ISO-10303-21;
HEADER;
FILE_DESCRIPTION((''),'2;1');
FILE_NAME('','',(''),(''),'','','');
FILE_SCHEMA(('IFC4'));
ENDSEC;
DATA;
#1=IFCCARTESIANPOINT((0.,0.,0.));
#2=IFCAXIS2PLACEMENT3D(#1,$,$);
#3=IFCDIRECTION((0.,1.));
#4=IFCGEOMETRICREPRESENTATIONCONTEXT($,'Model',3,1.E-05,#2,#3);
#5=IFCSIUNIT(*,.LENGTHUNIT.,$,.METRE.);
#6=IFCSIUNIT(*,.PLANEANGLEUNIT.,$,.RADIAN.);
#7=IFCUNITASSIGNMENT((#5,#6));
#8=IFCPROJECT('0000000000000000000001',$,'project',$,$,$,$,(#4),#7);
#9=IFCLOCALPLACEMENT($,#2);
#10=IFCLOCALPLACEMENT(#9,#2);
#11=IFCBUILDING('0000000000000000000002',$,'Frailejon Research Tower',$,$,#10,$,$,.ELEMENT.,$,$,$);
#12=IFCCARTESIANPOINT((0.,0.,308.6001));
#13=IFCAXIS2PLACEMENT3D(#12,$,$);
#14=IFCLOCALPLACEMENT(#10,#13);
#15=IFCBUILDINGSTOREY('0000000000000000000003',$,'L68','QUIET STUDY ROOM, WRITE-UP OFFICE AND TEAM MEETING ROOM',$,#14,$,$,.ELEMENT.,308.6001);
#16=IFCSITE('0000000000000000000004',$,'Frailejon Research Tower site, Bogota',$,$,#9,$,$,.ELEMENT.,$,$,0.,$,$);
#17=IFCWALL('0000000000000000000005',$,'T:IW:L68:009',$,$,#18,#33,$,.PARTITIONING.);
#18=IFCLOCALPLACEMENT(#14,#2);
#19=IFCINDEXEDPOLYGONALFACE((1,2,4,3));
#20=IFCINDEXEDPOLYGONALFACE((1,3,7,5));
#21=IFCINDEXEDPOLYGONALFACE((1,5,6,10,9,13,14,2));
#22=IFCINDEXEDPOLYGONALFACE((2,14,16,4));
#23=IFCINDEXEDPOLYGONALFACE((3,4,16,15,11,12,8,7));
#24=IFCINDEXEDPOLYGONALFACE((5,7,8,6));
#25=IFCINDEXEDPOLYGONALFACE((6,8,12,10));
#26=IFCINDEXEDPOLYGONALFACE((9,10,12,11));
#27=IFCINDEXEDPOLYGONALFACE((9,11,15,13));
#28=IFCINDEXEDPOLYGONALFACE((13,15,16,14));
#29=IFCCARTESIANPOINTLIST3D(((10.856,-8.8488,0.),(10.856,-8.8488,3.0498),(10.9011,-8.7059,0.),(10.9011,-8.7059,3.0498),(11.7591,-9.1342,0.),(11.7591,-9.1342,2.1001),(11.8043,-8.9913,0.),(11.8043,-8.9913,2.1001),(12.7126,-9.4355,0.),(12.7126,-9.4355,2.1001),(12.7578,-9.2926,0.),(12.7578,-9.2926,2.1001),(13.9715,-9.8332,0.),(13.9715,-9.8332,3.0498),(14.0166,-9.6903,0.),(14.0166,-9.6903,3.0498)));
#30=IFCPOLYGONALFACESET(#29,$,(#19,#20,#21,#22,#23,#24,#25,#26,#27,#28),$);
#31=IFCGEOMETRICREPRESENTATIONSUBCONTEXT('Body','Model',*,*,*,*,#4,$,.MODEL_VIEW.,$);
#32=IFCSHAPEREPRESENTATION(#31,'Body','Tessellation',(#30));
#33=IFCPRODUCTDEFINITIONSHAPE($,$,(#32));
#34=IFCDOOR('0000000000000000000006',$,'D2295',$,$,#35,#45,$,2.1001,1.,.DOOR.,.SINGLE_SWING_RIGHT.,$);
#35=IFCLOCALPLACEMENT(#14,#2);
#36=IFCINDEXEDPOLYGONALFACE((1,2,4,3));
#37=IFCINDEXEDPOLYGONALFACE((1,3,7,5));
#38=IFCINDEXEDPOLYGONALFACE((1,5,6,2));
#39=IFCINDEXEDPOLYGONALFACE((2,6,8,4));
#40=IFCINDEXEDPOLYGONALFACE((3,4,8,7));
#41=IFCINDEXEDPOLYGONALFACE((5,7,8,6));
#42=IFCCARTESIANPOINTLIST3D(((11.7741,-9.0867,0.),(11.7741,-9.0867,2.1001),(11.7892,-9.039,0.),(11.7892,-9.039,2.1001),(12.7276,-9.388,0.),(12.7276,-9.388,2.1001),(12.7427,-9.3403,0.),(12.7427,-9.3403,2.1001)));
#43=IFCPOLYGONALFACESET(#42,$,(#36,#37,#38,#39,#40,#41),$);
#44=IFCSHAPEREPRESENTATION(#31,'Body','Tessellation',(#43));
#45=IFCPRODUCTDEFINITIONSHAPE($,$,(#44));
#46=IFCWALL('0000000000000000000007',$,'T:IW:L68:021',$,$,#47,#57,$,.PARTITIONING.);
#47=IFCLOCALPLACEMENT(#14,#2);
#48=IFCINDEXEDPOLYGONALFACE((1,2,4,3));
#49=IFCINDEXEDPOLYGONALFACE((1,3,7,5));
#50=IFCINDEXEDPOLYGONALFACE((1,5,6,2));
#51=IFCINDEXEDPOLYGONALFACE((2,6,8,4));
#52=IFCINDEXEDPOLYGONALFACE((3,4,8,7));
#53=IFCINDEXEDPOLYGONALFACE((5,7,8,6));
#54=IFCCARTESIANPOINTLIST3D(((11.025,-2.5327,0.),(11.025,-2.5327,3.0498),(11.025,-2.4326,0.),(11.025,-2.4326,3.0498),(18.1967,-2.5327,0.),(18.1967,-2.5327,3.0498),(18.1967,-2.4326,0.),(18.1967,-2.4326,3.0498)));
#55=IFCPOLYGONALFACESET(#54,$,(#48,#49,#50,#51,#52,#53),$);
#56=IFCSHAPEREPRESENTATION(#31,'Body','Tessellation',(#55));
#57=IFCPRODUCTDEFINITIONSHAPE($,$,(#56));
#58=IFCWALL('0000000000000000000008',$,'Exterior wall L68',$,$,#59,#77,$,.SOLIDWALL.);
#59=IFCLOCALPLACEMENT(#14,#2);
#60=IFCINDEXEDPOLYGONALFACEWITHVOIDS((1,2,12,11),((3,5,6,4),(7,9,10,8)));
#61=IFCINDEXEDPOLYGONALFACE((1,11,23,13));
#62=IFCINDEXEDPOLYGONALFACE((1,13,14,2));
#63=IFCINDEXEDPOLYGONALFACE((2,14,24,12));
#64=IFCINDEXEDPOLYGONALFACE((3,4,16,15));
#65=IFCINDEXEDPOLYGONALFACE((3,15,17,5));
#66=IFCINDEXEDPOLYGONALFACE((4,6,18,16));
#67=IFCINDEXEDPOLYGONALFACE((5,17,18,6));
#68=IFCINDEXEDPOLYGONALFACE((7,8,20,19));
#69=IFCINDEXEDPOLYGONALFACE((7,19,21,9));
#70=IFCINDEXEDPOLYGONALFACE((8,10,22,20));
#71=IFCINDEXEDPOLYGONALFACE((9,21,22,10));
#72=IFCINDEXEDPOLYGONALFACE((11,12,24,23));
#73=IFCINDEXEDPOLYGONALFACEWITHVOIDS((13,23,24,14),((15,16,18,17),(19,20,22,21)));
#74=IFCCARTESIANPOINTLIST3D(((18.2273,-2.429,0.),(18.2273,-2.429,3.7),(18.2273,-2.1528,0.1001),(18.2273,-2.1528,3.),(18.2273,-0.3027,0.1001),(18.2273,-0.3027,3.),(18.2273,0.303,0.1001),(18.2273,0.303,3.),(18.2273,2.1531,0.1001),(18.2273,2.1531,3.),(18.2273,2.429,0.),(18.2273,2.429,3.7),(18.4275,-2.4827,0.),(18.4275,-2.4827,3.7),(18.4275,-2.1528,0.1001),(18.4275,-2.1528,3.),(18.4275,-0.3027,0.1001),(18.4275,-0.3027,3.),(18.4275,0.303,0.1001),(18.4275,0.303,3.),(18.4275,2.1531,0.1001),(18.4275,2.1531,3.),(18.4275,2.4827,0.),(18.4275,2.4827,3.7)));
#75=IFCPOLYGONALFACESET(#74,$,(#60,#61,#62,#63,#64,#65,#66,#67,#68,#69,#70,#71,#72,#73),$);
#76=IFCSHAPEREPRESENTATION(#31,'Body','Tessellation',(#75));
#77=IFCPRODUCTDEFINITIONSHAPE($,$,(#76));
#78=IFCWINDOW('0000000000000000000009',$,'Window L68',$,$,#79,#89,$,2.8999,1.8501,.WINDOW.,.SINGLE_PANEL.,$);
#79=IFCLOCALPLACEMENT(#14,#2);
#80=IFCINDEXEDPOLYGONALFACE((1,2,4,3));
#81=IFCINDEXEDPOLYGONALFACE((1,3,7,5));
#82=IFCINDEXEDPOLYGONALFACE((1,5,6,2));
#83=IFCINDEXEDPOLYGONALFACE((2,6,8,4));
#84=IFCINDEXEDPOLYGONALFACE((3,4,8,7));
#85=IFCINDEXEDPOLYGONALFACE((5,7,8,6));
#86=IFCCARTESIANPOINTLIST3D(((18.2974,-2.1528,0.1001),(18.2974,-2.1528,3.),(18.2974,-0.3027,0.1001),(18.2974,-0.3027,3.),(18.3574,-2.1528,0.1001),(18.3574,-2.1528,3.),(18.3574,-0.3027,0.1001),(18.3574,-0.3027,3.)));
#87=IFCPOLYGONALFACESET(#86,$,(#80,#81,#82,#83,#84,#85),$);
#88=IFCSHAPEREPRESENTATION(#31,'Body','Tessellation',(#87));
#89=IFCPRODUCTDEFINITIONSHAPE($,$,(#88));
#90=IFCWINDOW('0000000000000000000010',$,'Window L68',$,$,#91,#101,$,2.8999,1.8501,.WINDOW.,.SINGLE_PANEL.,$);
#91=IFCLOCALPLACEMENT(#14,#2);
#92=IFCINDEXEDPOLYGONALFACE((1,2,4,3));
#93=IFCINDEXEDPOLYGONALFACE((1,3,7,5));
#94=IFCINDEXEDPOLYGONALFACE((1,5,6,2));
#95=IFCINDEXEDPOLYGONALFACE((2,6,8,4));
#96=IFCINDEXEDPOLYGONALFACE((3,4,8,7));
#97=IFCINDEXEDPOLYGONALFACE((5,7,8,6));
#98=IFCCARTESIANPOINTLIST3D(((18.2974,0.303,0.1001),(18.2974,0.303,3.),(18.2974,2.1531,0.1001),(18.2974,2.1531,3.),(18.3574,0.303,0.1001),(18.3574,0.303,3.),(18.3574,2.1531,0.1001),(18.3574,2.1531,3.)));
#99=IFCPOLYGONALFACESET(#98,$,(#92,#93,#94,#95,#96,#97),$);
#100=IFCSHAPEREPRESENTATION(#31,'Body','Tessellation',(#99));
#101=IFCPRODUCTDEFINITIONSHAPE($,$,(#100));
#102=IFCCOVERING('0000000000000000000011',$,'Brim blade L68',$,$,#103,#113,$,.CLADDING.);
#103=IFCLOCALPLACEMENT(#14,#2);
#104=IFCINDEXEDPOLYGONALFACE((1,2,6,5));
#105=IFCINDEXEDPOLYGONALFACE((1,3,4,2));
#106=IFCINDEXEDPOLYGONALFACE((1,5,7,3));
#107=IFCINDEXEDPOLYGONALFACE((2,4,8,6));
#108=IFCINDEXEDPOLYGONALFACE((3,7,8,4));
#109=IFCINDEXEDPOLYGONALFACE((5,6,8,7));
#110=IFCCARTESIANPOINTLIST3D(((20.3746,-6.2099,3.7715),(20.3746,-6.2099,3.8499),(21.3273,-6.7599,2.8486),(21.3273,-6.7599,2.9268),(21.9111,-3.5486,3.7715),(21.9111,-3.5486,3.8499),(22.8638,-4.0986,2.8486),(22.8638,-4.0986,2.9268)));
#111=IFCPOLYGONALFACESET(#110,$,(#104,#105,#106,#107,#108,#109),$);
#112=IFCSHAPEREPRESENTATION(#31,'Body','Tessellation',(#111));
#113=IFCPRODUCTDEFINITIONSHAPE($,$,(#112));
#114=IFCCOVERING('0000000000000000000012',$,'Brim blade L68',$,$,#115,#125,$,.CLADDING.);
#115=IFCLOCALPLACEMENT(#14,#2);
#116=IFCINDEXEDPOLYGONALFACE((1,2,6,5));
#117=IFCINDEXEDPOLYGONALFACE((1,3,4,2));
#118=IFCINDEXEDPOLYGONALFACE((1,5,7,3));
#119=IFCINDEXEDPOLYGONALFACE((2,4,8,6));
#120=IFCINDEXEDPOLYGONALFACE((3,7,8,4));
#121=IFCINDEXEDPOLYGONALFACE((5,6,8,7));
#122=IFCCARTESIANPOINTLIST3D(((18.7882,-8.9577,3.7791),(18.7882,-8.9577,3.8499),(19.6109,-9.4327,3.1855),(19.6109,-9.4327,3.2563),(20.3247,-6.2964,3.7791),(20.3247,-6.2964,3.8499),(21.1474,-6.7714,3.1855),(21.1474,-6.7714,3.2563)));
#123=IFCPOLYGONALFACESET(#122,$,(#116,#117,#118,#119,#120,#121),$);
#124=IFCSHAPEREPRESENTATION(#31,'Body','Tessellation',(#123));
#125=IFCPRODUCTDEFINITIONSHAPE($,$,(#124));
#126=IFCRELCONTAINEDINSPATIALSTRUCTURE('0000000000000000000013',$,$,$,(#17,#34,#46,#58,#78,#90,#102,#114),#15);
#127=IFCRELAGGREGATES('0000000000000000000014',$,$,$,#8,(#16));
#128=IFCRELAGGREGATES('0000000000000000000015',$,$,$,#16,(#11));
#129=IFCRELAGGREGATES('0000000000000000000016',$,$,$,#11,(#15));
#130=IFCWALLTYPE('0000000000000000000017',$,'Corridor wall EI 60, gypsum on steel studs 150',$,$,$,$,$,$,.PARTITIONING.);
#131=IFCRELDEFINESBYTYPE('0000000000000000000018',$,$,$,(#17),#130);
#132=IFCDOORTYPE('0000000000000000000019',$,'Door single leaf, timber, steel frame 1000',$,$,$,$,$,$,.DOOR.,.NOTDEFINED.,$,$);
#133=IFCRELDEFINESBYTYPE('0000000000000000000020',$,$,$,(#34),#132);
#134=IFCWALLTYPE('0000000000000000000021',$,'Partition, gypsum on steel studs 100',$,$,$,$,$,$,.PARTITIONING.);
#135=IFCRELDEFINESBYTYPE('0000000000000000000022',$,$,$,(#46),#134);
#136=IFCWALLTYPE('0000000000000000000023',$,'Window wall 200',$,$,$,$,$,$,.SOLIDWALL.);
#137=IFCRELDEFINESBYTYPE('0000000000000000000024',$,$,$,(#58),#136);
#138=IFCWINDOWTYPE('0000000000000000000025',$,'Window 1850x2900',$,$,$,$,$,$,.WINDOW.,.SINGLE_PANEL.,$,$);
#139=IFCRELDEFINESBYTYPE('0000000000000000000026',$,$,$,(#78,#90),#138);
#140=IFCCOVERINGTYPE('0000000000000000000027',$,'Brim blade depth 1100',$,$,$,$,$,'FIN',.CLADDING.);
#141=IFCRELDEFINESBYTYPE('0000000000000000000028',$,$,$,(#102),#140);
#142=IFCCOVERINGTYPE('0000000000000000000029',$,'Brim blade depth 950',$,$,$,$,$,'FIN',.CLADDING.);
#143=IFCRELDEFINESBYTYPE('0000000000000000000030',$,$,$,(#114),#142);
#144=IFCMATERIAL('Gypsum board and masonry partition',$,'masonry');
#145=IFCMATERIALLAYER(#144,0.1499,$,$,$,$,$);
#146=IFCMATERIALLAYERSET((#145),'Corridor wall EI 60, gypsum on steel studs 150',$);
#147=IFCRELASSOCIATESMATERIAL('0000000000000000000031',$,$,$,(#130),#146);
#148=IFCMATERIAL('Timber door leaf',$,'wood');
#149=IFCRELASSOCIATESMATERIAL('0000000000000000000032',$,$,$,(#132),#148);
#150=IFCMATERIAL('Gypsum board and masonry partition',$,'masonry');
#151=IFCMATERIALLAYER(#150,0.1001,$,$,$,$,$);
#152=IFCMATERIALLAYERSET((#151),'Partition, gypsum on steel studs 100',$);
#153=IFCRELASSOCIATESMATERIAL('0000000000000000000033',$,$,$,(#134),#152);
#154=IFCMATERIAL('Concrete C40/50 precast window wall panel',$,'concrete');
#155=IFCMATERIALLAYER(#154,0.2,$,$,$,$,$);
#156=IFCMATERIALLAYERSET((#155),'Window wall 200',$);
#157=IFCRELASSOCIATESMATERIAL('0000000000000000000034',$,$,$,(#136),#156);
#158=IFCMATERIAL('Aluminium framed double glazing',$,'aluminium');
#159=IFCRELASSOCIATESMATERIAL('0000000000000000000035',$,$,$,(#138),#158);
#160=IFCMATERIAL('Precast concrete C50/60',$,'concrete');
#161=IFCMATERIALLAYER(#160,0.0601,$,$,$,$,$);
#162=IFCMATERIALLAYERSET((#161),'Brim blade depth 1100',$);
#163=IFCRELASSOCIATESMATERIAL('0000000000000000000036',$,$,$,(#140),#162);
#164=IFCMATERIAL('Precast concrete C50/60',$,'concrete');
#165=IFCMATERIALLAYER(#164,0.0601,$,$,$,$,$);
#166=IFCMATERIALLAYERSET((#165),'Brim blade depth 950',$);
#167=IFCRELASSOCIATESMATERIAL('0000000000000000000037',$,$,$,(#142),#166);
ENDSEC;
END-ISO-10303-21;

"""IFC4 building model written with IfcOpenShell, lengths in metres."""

from ifc_helpers import new_model, si_unit, direction, frame, frame_2d, origin, place, context, subcontext, project, spatial, polyline, rectangle, outline, extrude, material, layer, layer_set, type_object, element, fill, save


model = new_model("IFC4")

# Units and contexts
model_context = context("Model", 3, precision=1e-05, world=origin(), true_north=direction((0.0, 1.0)))
body_context = subcontext(model_context, "Body", "Model", "MODEL_VIEW")
ifc_project = project(units=[si_unit("LENGTHUNIT", "METRE"), si_unit("PLANEANGLEUNIT", "RADIAN")], contexts=[model_context])

# Site, building, storey
site_placement = place(None, origin())
site = spatial("IfcSite", under=ifc_project, at=site_placement, Name="Frailejon Research Tower site, Bogota", CompositionType="ELEMENT", RefElevation=0.0)
building_placement = place(site_placement, origin())
building = spatial("IfcBuilding", under=site, at=building_placement, Name="Frailejon Research Tower", CompositionType="ELEMENT")
storey_placement = place(building_placement, frame((0.0, 0.0, 308.6001)))
storey = spatial("IfcBuildingStorey", under=building, at=storey_placement, Name="L68", Description="QUIET STUDY ROOM, WRITE-UP OFFICE AND TEAM MEETING ROOM", CompositionType="ELEMENT", Elevation=308.6001)

# Shared definitions
ifc_material_1 = material(Name="Gypsum board and masonry partition", Category="masonry")
ifc_layer_1 = layer(ifc_material_1, 0.1499)
ifc_layer_set_1 = layer_set([ifc_layer_1], Name="Corridor wall EI 60, gypsum on steel studs 150")
wall_type_1 = type_object("IfcWallType", Name="Corridor wall EI 60, gypsum on steel studs 150", PredefinedType="PARTITIONING", material=ifc_layer_set_1)
ifc_material_2 = material(Name="Timber door leaf", Category="wood")
door_type = type_object("IfcDoorType", Name="Door single leaf, timber, steel frame 1000", OperationType="NOTDEFINED", PredefinedType="DOOR", material=ifc_material_2)

# Wall, opening, door
wall_1_placement = place(storey_placement, frame((10.8784, -8.7773, 0.0), z_axis=(0.0, 0.0, 1.0), x_axis=(0.953535, -0.301282, 0.0)))
wall_1 = element("IfcWall", 1, at=wall_1_placement, inside=storey, type_object=wall_type_1, Name="T:IW:L68:009", PredefinedType="PARTITIONING", context=body_context, shape_type="SweptSolid", body=[
    extrude(rectangle(XDim=3.2673, YDim=0.1499, at=frame_2d((1.6338, 0.0))), origin(), (0.0, 0.0, 1.0), 3.0498),
])
opening_1_placement = place(wall_1_placement, frame((0.9473, 0.0, 0.0)))
opening_1 = element("IfcOpeningElement", 2, at=opening_1_placement, cuts=wall_1, PredefinedType="OPENING", context=body_context, shape_type="SweptSolid", body=[
    extrude(rectangle(XDim=1.0, YDim=2.1001, at=frame_2d((0.5, 1.05))), frame((0.0, 0.085, 0.0), z_axis=(0.0, -1.0, 0.0), x_axis=(1.0, 0.0, 0.0)), (0.0, 0.0, 1.0), 0.1699),
])
door_1_placement = place(opening_1_placement, origin())
door_1 = element("IfcDoor", 3, at=door_1_placement, inside=storey, type_object=door_type, Name="D2295", OperationType="SINGLE_SWING_RIGHT", OverallHeight=2.1001, OverallWidth=1.0, PredefinedType="DOOR", context=body_context, shape_type="SweptSolid", body=[
    extrude(rectangle(XDim=1.0, YDim=2.1001, at=frame_2d((0.5, 1.05))), frame((0.0, 0.0249, 0.0), z_axis=(0.0, -1.0, 0.0), x_axis=(1.0, 0.0, 0.0)), (0.0, 0.0, 1.0), 0.05),
])
fill(opening_1, door_1)

# Wall
ifc_material_3 = material(Name="Gypsum board and masonry partition", Category="masonry")
ifc_layer_2 = layer(ifc_material_3, 0.1001)
ifc_layer_set_2 = layer_set([ifc_layer_2], Name="Partition, gypsum on steel studs 100")
wall_type_2 = type_object("IfcWallType", Name="Partition, gypsum on steel studs 100", PredefinedType="PARTITIONING", material=ifc_layer_set_2)
wall_2_placement = place(storey_placement, frame((11.0249, -2.4827, 0.0), z_axis=(0.0, 0.0, 1.0), x_axis=(1.0, 0.0, 0.0)))
element("IfcWall", 4, at=wall_2_placement, inside=storey, type_object=wall_type_2, Name="T:IW:L68:021", PredefinedType="PARTITIONING", context=body_context, shape_type="SweptSolid", body=[
    extrude(rectangle(XDim=7.1716, YDim=0.1001, at=frame_2d((3.5859, 0.0))), origin(), (0.0, 0.0, 1.0), 3.0498),
])

# Wall, openings, windows
ifc_material_4 = material(Name="Concrete C40/50 precast window wall panel", Category="concrete")
ifc_layer_3 = layer(ifc_material_4, 0.2)
ifc_layer_set_3 = layer_set([ifc_layer_3], Name="Window wall 200")
wall_type_3 = type_object("IfcWallType", Name="Window wall 200", PredefinedType="SOLIDWALL", material=ifc_layer_set_3)
wall_3_placement = place(storey_placement, frame((18.3274, -2.4558, 0.0), z_axis=(0.0, 0.0, 1.0), x_axis=(0.0, 1.0, 0.0)))
wall_3 = element("IfcWall", 5, at=wall_3_placement, inside=storey, type_object=wall_type_3, Name="Exterior wall L68", PredefinedType="SOLIDWALL", context=body_context, shape_type="SweptSolid", body=[
    extrude(outline(polyline([(-0.0269, -0.1001), (1.2144, -0.1001), (2.4558, -0.1001), (3.6973, -0.1001), (4.9385, -0.1001), (4.8848, 0.1001), (3.6704, 0.1001), (2.4558, 0.1001), (1.2412, 0.1001), (0.0269, 0.1001), (-0.0269, -0.1001)])), origin(), (0.0, 0.0, 1.0), 3.7),
])
opening_2_placement = place(wall_3_placement, frame((0.303, 0.0, 0.1001)))
opening_2 = element("IfcOpeningElement", 6, at=opening_2_placement, cuts=wall_3, PredefinedType="OPENING", context=body_context, shape_type="SweptSolid", body=[
    extrude(rectangle(XDim=1.8501, YDim=2.8999, at=frame_2d((0.925, 1.45))), frame((0.0, 0.1099, 0.0), z_axis=(0.0, -1.0, 0.0), x_axis=(1.0, 0.0, 0.0)), (0.0, 0.0, 1.0), 0.22),
])
opening_3_placement = place(wall_3_placement, frame((2.7588, 0.0, 0.1001)))
opening_3 = element("IfcOpeningElement", 7, at=opening_3_placement, cuts=wall_3, PredefinedType="OPENING", context=body_context, shape_type="SweptSolid", body=[
    extrude(rectangle(XDim=1.8501, YDim=2.8999, at=frame_2d((0.925, 1.45))), frame((0.0, 0.1099, 0.0), z_axis=(0.0, -1.0, 0.0), x_axis=(1.0, 0.0, 0.0)), (0.0, 0.0, 1.0), 0.22),
])
ifc_material_5 = material(Name="Aluminium framed double glazing", Category="aluminium")
window_type = type_object("IfcWindowType", Name="Window 1850x2900", PartitioningType="SINGLE_PANEL", PredefinedType="WINDOW", material=ifc_material_5)
window_1_placement = place(opening_2_placement, origin())
window_1 = element("IfcWindow", 8, at=window_1_placement, inside=storey, type_object=window_type, Name="Window L68", OverallHeight=2.8999, OverallWidth=1.8501, PartitioningType="SINGLE_PANEL", PredefinedType="WINDOW", context=body_context, shape_type="SweptSolid", body=[
    extrude(rectangle(XDim=1.8501, YDim=2.8999, at=frame_2d((0.925, 1.45))), frame((0.0, 0.03, 0.0), z_axis=(0.0, -1.0, 0.0), x_axis=(1.0, 0.0, 0.0)), (0.0, 0.0, 1.0), 0.0601),
])
fill(opening_2, window_1)
window_2_placement = place(opening_3_placement, origin())
window_2 = element("IfcWindow", 9, at=window_2_placement, inside=storey, type_object=window_type, Name="Window L68", OverallHeight=2.8999, OverallWidth=1.8501, PartitioningType="SINGLE_PANEL", PredefinedType="WINDOW", context=body_context, shape_type="SweptSolid", body=[
    extrude(rectangle(XDim=1.8501, YDim=2.8999, at=frame_2d((0.925, 1.45))), frame((0.0, 0.03, 0.0), z_axis=(0.0, -1.0, 0.0), x_axis=(1.0, 0.0, 0.0)), (0.0, 0.0, 1.0), 0.0601),
])
fill(opening_3, window_2)

# Coverings
ifc_material_6 = material(Name="Precast concrete C50/60", Category="concrete")
ifc_layer_4 = layer(ifc_material_6, 0.0601)
ifc_layer_set_4 = layer_set([ifc_layer_4], Name="Brim blade depth 1100")
covering_type_1 = type_object("IfcCoveringType", Name="Brim blade depth 1100", ElementType="FIN", PredefinedType="CLADDING", material=ifc_layer_set_4)
covering_1_placement = place(storey_placement, frame((21.9111, -3.5486, 3.8499), z_axis=(-0.500013, -0.866018, 0.0), x_axis=(0.866018, -0.500013, 0.0)))
element("IfcCovering", 10, at=covering_1_placement, inside=storey, type_object=covering_type_1, Name="Brim blade L68", PredefinedType="CLADDING", context=body_context, shape_type="SweptSolid", body=[
    extrude(outline(polyline([(0.0, -0.0784), (1.1001, -1.0012), (1.1001, -0.9231), (0.0, 0.0), (0.0, -0.0784)])), origin(), (0.0, 0.0, 1.0), 3.073),
])
ifc_material_7 = material(Name="Precast concrete C50/60", Category="concrete")
ifc_layer_5 = layer(ifc_material_7, 0.0601)
ifc_layer_set_5 = layer_set([ifc_layer_5], Name="Brim blade depth 950")
covering_type_2 = type_object("IfcCoveringType", Name="Brim blade depth 950", ElementType="FIN", PredefinedType="CLADDING", material=ifc_layer_set_5)
covering_2_placement = place(storey_placement, frame((20.3247, -6.2964, 3.8499), z_axis=(-0.5, -0.866026, 0.0), x_axis=(0.866026, -0.5, 0.0)))
element("IfcCovering", 11, at=covering_2_placement, inside=storey, type_object=covering_type_2, Name="Brim blade L68", PredefinedType="CLADDING", context=body_context, shape_type="SweptSolid", body=[
    extrude(outline(polyline([(0.0, -0.0708), (0.95, -0.6643), (0.95, -0.5935), (0.0, 0.0), (0.0, -0.0708)])), origin(), (0.0, 0.0, 1.0), 3.073),
])

save(model, "model.ifc")
